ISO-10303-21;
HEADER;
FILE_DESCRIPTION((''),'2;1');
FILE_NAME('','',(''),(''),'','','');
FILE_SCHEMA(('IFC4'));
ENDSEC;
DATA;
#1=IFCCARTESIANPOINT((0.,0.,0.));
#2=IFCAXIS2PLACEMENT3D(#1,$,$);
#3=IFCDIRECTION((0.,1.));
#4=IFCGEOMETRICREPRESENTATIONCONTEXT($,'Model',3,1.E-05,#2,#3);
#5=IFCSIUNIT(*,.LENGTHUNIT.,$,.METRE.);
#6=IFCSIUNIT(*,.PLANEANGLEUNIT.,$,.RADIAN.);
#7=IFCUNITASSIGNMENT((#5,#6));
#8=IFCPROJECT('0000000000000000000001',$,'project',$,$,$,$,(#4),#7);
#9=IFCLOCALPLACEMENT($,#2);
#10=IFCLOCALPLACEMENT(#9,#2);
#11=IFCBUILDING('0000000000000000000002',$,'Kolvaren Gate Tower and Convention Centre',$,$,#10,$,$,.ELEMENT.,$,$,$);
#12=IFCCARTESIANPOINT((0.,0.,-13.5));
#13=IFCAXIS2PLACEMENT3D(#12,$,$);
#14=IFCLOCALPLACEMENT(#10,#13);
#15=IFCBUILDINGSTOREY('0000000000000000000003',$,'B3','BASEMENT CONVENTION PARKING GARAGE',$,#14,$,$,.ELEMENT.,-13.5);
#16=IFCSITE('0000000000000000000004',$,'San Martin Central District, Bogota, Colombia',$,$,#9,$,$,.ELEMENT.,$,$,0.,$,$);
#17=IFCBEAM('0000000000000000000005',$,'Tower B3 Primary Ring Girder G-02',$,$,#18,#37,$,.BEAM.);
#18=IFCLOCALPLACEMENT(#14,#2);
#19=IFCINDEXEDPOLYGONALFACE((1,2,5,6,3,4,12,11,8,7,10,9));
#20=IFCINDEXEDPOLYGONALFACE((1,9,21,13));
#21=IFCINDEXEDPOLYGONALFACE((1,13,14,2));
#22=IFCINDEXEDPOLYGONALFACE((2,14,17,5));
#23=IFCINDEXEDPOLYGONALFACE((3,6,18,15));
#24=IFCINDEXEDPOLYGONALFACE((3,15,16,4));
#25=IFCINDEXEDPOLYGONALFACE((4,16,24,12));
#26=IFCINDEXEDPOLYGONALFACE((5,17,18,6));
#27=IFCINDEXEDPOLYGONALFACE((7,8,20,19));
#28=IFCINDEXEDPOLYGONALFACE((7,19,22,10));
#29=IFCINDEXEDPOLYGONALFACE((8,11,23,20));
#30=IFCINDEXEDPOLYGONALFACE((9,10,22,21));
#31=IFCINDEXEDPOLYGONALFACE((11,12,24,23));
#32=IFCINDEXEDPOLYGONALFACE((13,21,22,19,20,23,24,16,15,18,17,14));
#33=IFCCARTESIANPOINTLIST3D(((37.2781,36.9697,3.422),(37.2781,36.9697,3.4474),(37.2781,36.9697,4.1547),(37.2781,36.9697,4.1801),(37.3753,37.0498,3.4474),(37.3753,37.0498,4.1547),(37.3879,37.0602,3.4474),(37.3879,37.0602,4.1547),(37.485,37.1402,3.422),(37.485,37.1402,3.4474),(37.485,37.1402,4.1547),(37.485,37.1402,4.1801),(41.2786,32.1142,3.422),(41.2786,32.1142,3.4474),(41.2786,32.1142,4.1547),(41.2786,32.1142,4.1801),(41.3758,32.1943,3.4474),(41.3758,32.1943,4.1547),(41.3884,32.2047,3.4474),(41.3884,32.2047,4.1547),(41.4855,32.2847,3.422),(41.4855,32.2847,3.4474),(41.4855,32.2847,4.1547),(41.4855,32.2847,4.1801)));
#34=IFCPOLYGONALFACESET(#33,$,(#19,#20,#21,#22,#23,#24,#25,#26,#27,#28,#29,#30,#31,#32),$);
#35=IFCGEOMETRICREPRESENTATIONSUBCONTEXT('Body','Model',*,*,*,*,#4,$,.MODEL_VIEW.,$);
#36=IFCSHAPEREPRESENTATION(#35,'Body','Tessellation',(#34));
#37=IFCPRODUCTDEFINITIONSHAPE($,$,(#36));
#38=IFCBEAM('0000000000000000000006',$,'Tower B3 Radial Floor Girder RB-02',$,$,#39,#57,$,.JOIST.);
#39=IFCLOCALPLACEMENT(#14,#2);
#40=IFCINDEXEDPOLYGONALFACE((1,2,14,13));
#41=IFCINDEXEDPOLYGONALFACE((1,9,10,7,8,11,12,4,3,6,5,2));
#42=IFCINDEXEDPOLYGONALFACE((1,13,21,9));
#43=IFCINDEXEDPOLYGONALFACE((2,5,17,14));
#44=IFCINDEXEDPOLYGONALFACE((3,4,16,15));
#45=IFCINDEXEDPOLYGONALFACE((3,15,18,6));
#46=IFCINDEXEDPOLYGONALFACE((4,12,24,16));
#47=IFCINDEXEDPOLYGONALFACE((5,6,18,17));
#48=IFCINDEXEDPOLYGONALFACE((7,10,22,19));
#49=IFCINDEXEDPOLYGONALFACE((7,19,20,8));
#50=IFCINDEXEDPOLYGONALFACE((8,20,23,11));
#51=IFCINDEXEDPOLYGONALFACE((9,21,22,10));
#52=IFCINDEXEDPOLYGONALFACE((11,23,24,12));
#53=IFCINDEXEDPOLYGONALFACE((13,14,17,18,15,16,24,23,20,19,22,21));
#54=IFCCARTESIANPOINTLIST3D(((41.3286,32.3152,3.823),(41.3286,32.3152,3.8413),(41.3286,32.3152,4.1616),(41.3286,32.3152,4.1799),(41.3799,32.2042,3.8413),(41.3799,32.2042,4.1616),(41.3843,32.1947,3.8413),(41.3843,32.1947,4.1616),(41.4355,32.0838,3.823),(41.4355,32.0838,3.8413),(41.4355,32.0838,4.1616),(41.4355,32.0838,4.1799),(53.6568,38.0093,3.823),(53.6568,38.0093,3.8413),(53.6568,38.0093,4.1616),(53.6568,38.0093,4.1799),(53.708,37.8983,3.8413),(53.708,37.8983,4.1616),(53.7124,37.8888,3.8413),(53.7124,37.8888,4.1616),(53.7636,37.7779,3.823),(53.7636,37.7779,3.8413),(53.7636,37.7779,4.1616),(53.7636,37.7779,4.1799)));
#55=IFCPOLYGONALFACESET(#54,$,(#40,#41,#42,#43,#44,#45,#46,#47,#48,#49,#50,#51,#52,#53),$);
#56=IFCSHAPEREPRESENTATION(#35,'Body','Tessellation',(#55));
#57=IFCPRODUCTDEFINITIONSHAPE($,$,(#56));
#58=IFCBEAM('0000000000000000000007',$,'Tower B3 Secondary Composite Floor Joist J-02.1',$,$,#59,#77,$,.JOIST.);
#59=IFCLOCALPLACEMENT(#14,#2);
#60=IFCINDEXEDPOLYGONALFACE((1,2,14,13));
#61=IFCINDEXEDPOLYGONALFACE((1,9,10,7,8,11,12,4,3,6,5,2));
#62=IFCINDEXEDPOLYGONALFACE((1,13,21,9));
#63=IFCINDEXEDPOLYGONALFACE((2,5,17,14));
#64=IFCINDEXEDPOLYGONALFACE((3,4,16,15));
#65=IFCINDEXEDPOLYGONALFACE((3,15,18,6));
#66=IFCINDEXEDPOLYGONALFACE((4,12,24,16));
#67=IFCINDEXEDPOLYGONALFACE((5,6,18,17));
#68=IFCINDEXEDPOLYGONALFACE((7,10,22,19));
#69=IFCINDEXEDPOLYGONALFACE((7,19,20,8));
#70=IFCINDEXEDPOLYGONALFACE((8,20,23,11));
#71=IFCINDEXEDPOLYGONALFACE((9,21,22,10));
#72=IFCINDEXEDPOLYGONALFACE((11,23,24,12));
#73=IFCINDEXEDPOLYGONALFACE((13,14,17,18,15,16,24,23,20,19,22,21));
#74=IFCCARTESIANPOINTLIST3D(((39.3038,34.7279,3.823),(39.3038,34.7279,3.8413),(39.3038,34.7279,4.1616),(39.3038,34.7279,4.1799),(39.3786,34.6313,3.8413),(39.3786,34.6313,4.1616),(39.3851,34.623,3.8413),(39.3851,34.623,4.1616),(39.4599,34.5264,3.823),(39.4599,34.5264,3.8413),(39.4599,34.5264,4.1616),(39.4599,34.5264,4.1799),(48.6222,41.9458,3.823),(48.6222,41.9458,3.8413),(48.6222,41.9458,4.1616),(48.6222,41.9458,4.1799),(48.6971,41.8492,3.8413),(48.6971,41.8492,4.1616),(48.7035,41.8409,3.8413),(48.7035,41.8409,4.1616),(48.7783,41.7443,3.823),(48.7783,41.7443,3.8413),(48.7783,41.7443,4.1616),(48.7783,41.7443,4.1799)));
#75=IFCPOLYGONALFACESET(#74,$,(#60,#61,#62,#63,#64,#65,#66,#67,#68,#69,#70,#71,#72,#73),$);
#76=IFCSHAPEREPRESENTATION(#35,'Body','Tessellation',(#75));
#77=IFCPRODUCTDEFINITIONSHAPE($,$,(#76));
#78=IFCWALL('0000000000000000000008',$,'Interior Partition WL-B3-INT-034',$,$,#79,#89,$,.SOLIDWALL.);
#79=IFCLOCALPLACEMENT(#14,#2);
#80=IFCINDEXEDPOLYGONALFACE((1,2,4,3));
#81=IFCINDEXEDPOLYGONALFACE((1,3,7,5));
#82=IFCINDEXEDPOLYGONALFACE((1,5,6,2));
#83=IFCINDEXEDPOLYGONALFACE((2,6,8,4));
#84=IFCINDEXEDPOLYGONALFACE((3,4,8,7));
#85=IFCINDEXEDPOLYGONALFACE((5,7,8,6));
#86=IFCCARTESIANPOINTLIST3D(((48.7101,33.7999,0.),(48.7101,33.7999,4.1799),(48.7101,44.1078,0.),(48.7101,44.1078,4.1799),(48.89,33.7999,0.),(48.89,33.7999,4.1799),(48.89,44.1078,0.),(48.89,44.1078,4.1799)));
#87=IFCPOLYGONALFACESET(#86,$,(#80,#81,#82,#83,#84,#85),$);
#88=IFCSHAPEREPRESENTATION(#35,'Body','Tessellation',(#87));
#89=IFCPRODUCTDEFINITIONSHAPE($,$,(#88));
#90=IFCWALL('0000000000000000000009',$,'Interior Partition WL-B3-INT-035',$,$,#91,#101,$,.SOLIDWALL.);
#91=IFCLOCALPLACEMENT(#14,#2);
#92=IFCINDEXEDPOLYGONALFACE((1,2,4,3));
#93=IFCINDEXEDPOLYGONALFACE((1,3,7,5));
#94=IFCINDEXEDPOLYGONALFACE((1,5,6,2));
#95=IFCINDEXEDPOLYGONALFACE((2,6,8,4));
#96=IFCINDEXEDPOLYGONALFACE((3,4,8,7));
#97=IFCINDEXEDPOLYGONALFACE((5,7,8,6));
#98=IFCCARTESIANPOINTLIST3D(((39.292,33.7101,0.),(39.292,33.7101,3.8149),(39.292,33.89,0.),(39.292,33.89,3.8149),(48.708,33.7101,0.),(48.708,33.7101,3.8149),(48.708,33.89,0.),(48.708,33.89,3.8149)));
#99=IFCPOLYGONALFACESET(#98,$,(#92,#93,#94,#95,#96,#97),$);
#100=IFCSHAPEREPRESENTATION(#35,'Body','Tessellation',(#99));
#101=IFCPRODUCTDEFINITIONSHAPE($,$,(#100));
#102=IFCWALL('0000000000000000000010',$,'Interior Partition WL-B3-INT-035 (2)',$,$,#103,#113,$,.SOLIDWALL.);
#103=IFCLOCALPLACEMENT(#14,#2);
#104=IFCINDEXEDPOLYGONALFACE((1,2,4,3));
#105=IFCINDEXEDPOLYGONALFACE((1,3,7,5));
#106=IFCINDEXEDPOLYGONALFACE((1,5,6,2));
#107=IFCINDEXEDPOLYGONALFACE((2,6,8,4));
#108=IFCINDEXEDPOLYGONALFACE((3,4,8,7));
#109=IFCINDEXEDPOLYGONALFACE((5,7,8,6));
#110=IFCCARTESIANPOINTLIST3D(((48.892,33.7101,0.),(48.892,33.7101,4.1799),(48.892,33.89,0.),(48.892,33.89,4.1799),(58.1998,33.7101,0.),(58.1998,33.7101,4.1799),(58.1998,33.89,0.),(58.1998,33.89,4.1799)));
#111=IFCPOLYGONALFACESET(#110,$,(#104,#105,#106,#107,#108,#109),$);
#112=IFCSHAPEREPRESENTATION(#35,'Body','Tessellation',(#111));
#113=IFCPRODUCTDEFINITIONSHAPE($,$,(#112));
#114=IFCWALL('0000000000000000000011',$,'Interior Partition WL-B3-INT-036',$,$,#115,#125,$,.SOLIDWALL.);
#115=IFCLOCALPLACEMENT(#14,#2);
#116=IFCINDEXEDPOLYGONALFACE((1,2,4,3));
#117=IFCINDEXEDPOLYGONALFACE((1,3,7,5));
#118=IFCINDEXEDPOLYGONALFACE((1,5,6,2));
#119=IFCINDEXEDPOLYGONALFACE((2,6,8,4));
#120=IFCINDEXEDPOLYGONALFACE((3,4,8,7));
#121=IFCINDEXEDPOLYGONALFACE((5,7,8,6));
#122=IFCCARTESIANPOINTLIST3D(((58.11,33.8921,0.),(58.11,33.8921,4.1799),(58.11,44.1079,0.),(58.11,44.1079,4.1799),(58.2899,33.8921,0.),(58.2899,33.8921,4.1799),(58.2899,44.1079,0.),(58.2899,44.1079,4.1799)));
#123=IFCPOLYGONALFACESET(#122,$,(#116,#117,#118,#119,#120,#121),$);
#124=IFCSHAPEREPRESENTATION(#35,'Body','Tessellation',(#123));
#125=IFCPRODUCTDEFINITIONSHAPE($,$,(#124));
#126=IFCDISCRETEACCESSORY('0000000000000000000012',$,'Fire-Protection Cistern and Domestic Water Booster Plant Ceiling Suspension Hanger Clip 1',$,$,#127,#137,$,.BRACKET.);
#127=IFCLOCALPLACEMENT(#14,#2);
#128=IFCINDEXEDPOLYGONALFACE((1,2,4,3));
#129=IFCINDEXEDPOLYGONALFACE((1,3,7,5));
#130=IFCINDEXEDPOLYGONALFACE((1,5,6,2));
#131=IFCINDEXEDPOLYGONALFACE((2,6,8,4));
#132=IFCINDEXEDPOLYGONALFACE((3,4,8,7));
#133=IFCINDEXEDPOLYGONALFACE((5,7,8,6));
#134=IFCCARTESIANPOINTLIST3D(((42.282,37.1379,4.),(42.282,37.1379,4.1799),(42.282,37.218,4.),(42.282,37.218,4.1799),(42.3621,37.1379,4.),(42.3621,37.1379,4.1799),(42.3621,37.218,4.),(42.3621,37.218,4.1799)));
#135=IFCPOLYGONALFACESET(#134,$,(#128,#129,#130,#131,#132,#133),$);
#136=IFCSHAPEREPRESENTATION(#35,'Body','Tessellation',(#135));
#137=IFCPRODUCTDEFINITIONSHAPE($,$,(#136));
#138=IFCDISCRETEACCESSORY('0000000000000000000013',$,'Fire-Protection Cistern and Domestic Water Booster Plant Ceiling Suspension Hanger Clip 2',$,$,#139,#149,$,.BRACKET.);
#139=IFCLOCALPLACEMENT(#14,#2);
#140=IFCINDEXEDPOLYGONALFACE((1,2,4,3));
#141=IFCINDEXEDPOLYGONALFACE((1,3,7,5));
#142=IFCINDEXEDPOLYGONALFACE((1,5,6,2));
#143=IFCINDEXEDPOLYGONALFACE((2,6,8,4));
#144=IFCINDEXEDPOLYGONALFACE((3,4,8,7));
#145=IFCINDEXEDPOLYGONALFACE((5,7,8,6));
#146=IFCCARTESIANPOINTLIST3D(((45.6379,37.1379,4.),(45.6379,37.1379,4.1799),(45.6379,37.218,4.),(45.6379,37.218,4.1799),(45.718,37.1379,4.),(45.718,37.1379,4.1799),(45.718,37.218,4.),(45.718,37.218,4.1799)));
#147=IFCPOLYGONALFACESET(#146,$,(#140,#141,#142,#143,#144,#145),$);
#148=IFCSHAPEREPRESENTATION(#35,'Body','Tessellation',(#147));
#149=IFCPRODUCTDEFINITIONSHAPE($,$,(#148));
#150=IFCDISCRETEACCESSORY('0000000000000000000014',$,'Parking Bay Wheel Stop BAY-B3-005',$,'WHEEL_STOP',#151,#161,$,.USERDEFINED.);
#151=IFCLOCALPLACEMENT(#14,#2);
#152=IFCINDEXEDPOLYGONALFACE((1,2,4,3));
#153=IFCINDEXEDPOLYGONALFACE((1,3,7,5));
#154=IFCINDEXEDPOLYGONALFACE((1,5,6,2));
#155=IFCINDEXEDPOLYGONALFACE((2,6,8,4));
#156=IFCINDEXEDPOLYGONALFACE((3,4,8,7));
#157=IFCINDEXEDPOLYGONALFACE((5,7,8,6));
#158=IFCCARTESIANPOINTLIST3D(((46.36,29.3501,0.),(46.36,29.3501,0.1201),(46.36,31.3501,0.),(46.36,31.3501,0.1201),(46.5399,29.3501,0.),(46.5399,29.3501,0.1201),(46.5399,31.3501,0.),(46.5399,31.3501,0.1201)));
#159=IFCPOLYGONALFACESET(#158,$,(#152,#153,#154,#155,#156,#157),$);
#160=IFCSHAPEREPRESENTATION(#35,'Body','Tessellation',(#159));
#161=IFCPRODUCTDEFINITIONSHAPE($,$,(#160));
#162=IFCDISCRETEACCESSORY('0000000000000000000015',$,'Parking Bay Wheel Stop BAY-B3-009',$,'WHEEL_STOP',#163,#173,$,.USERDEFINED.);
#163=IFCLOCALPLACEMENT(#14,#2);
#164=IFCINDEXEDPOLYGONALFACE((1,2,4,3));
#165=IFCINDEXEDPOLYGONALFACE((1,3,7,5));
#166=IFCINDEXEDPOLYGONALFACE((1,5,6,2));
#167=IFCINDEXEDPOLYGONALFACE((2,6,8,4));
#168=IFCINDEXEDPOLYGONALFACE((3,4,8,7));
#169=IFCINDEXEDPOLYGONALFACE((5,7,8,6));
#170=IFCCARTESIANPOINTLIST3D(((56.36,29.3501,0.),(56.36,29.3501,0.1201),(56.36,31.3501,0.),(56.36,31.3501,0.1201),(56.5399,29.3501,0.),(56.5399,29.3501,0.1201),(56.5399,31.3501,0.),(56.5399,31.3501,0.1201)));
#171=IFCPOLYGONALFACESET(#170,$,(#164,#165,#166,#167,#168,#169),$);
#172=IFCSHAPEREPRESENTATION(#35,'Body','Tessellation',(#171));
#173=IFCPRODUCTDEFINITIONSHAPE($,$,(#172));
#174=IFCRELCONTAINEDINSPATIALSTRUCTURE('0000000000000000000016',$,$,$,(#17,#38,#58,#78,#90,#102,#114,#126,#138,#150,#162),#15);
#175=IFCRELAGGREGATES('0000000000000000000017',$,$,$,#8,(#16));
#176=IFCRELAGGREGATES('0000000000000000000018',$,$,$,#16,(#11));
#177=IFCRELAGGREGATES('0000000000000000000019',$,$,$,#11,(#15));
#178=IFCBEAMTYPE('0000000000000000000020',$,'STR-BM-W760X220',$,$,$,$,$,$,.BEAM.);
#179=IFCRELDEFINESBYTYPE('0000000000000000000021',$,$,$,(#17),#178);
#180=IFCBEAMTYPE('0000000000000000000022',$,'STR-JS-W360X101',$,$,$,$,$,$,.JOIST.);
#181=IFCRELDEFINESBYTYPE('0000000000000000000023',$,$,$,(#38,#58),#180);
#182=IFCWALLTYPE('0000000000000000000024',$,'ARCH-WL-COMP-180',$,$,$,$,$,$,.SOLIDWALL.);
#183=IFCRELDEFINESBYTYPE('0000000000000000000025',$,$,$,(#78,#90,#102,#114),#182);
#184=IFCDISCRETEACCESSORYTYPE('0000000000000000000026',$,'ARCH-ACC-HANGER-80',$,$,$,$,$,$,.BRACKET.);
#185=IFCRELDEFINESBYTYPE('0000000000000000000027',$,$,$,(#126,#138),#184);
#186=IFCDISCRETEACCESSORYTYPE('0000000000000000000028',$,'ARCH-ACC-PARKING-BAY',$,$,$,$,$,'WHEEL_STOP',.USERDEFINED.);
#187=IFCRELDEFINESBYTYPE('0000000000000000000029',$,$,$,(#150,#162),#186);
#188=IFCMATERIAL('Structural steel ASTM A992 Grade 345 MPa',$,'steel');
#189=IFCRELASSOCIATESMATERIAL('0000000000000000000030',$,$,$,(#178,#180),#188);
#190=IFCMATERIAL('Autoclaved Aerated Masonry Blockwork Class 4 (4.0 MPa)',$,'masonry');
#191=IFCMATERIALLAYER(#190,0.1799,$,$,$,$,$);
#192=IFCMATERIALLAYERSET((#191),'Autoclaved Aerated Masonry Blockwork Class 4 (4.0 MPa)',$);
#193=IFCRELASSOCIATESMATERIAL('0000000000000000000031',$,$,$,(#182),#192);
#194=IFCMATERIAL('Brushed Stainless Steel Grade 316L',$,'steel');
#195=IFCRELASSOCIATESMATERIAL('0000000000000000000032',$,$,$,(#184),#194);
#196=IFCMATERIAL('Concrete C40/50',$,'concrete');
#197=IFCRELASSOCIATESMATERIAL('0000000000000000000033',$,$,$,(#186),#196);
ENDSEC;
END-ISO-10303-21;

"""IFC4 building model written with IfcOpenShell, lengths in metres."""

from ifc_helpers import new_model, si_unit, direction, frame, frame_2d, origin, origin_2d, place, context, subcontext, project, spatial, rectangle, i_section, extrude, material, layer, layer_set, material_profile, profile_set, type_object, element, save


model = new_model("IFC4")

# Units and contexts
model_context = context("Model", 3, precision=1e-05, world=origin(), true_north=direction((0.0, 1.0)))
body_context = subcontext(model_context, "Body", "Model", "MODEL_VIEW")
ifc_project = project(units=[si_unit("LENGTHUNIT", "METRE"), si_unit("PLANEANGLEUNIT", "RADIAN")], contexts=[model_context])

# Site, building, storey
site_placement = place(None, origin())
site = spatial("IfcSite", under=ifc_project, at=site_placement, Name="San Martin Central District, Bogota, Colombia", CompositionType="ELEMENT", RefElevation=0.0)
building_placement = place(site_placement, origin())
building = spatial("IfcBuilding", under=site, at=building_placement, Name="Kolvaren Gate Tower and Convention Centre", CompositionType="ELEMENT")
storey_placement = place(building_placement, frame((0.0, 0.0, -13.5)))
storey = spatial("IfcBuildingStorey", under=building, at=storey_placement, Name="B3", Description="BASEMENT CONVENTION PARKING GARAGE", CompositionType="ELEMENT", Elevation=-13.5)

# Beams
ifc_material_1 = material(Name="Structural steel ASTM A992 Grade 345 MPa", Category="steel")
ifc_material_profile_1 = material_profile(ifc_material_1, i_section(OverallWidth=0.2681, OverallDepth=0.7581, WebThickness=0.0164, FlangeThickness=0.0254, at=origin_2d()), Name="W760X220")
ifc_profile_set_1 = profile_set([ifc_material_profile_1], Name="Structural steel ASTM A992 Grade 345 MPa")
beam_type_1 = type_object("IfcBeamType", Name="STR-BM-W760X220", PredefinedType="BEAM", material=ifc_profile_set_1)
beam_1_placement = place(storey_placement, frame((41.3821, 32.1995, 3.801), z_axis=(-0.635884, 0.771785, 0.0), x_axis=(-0.771785, -0.635884, 0.0)))
element("IfcBeam", 1, at=beam_1_placement, inside=storey, type_object=beam_type_1, Name="Tower B3 Primary Ring Girder G-02", PredefinedType="BEAM", context=body_context, shape_type="SweptSolid", body=[
    extrude(i_section(OverallWidth=0.2681, OverallDepth=0.7581, WebThickness=0.0164, FlangeThickness=0.0254, at=origin_2d()), origin(), (0.0, 0.0, 1.0), 6.2913),
])
ifc_material_profile_2 = material_profile(ifc_material_1, i_section(OverallWidth=0.2549, OverallDepth=0.3569, WebThickness=0.0105, FlangeThickness=0.0183, at=origin_2d()), Name="W360X101")
ifc_profile_set_2 = profile_set([ifc_material_profile_2], Name="Structural steel ASTM A992 Grade 345 MPa")
beam_type_2 = type_object("IfcBeamType", Name="STR-JS-W360X101", PredefinedType="JOIST", material=ifc_profile_set_2)
beam_2_placement = place(storey_placement, frame((41.3821, 32.1995, 4.0015), z_axis=(0.907842, 0.419312, 0.0), x_axis=(-0.419312, 0.907842, 0.0)))
element("IfcBeam", 2, at=beam_2_placement, inside=storey, type_object=beam_type_2, Name="Tower B3 Radial Floor Girder RB-02", PredefinedType="JOIST", context=body_context, shape_type="SweptSolid", body=[
    extrude(i_section(OverallWidth=0.2549, OverallDepth=0.3569, WebThickness=0.0105, FlangeThickness=0.0183, at=origin_2d()), origin(), (0.0, 0.0, 1.0), 13.5796),
])
beam_3_placement = place(storey_placement, frame((39.3818, 34.6272, 4.0015), z_axis=(0.790577, 0.612362, 0.0), x_axis=(-0.612362, 0.790577, 0.0)))
element("IfcBeam", 3, at=beam_3_placement, inside=storey, type_object=beam_type_2, Name="Tower B3 Secondary Composite Floor Joist J-02.1", PredefinedType="JOIST", context=body_context, shape_type="SweptSolid", body=[
    extrude(i_section(OverallWidth=0.2549, OverallDepth=0.3569, WebThickness=0.0105, FlangeThickness=0.0183, at=origin_2d()), origin(), (0.0, 0.0, 1.0), 11.7869),
])

# Walls
ifc_material_2 = material(Name="Autoclaved Aerated Masonry Blockwork Class 4 (4.0 MPa)", Category="masonry")
ifc_layer = layer(ifc_material_2, 0.1799)
ifc_layer_set = layer_set([ifc_layer], Name="Autoclaved Aerated Masonry Blockwork Class 4 (4.0 MPa)")
wall_type = type_object("IfcWallType", Name="ARCH-WL-COMP-180", PredefinedType="SOLIDWALL", material=ifc_layer_set)
wall_1_placement = place(storey_placement, frame((48.8, 33.8, 0.0), z_axis=(0.0, 0.0, 1.0), x_axis=(0.0, 1.0, 0.0)))
element("IfcWall", 4, at=wall_1_placement, inside=storey, type_object=wall_type, Name="Interior Partition WL-B3-INT-034", PredefinedType="SOLIDWALL", context=body_context, shape_type="SweptSolid", body=[
    extrude(rectangle(XDim=10.3079, YDim=0.1799, at=frame_2d((5.1538, 0.0))), origin(), (0.0, 0.0, 1.0), 4.1799),
])
wall_2_placement = place(storey_placement, frame((39.292, 33.8, 0.0), z_axis=(0.0, 0.0, 1.0), x_axis=(1.0, 0.0, 0.0)))
element("IfcWall", 5, at=wall_2_placement, inside=storey, type_object=wall_type, Name="Interior Partition WL-B3-INT-035", PredefinedType="SOLIDWALL", context=body_context, shape_type="SweptSolid", body=[
    extrude(rectangle(XDim=9.416, YDim=0.1799, at=frame_2d((4.708, 0.0))), origin(), (0.0, 0.0, 1.0), 3.8149),
])
wall_3_placement = place(storey_placement, frame((48.8921, 33.8, 0.0), z_axis=(0.0, 0.0, 1.0), x_axis=(1.0, 0.0, 0.0)))
element("IfcWall", 6, at=wall_3_placement, inside=storey, type_object=wall_type, Name="Interior Partition WL-B3-INT-035 (2)", PredefinedType="SOLIDWALL", context=body_context, shape_type="SweptSolid", body=[
    extrude(rectangle(XDim=9.3079, YDim=0.1799, at=frame_2d((4.6538, 0.0))), origin(), (0.0, 0.0, 1.0), 4.1799),
])
wall_4_placement = place(storey_placement, frame((58.2, 33.8921, 0.0), z_axis=(0.0, 0.0, 1.0), x_axis=(0.0, 1.0, 0.0)))
element("IfcWall", 7, at=wall_4_placement, inside=storey, type_object=wall_type, Name="Interior Partition WL-B3-INT-036", PredefinedType="SOLIDWALL", context=body_context, shape_type="SweptSolid", body=[
    extrude(rectangle(XDim=10.2158, YDim=0.1799, at=frame_2d((5.1079, 0.0))), origin(), (0.0, 0.0, 1.0), 4.1799),
])

# Discrete accessories
ifc_material_3 = material(Name="Brushed Stainless Steel Grade 316L", Category="steel")
discrete_accessory_type_1 = type_object("IfcDiscreteAccessoryType", Name="ARCH-ACC-HANGER-80", PredefinedType="BRACKET", material=ifc_material_3)
for number, where, z_axis, x_axis, name in (
    (8, (42.322, 37.178, 4.0), (0.0, 0.0, 1.0), (1.0, 0.0, 0.0), "Fire-Protection Cistern and Domestic Water Booster Plant Ceiling Suspension Hanger Clip 1"),
    (9, (45.678, 37.178, 4.0), (0.0, 0.0, 1.0), (1.0, 0.0, 0.0), "Fire-Protection Cistern and Domestic Water Booster Plant Ceiling Suspension Hanger Clip 2"),
):
    element("IfcDiscreteAccessory", number, at=place(storey_placement, frame(where, z_axis=z_axis, x_axis=x_axis)), inside=storey, type_object=discrete_accessory_type_1, Name=name, PredefinedType="BRACKET", context=body_context, shape_type="SweptSolid", body=[
        extrude(rectangle(XDim=0.0801, YDim=0.0801, at=origin_2d()), origin(), (0.0, 0.0, 1.0), 0.1799),
    ])
ifc_material_4 = material(Name="Concrete C40/50", Category="concrete")
discrete_accessory_type_2 = type_object("IfcDiscreteAccessoryType", Name="ARCH-ACC-PARKING-BAY", ElementType="WHEEL_STOP", PredefinedType="USERDEFINED", material=ifc_material_4)
for number, where, z_axis, x_axis, name in (
    (10, (46.45, 30.3501, 0.0), (0.0, 0.0, 1.0), (0.0, 1.0, 0.0), "Parking Bay Wheel Stop BAY-B3-005"),
    (11, (56.45, 30.3501, 0.0), (0.0, 0.0, 1.0), (0.0, 1.0, 0.0), "Parking Bay Wheel Stop BAY-B3-009"),
):
    element("IfcDiscreteAccessory", number, at=place(storey_placement, frame(where, z_axis=z_axis, x_axis=x_axis)), inside=storey, type_object=discrete_accessory_type_2, Name=name, ObjectType="WHEEL_STOP", PredefinedType="USERDEFINED", context=body_context, shape_type="SweptSolid", body=[
        extrude(rectangle(XDim=2.0, YDim=0.1799, at=origin_2d()), origin(), (0.0, 0.0, 1.0), 0.1201),
    ])

save(model, "model.ifc")
